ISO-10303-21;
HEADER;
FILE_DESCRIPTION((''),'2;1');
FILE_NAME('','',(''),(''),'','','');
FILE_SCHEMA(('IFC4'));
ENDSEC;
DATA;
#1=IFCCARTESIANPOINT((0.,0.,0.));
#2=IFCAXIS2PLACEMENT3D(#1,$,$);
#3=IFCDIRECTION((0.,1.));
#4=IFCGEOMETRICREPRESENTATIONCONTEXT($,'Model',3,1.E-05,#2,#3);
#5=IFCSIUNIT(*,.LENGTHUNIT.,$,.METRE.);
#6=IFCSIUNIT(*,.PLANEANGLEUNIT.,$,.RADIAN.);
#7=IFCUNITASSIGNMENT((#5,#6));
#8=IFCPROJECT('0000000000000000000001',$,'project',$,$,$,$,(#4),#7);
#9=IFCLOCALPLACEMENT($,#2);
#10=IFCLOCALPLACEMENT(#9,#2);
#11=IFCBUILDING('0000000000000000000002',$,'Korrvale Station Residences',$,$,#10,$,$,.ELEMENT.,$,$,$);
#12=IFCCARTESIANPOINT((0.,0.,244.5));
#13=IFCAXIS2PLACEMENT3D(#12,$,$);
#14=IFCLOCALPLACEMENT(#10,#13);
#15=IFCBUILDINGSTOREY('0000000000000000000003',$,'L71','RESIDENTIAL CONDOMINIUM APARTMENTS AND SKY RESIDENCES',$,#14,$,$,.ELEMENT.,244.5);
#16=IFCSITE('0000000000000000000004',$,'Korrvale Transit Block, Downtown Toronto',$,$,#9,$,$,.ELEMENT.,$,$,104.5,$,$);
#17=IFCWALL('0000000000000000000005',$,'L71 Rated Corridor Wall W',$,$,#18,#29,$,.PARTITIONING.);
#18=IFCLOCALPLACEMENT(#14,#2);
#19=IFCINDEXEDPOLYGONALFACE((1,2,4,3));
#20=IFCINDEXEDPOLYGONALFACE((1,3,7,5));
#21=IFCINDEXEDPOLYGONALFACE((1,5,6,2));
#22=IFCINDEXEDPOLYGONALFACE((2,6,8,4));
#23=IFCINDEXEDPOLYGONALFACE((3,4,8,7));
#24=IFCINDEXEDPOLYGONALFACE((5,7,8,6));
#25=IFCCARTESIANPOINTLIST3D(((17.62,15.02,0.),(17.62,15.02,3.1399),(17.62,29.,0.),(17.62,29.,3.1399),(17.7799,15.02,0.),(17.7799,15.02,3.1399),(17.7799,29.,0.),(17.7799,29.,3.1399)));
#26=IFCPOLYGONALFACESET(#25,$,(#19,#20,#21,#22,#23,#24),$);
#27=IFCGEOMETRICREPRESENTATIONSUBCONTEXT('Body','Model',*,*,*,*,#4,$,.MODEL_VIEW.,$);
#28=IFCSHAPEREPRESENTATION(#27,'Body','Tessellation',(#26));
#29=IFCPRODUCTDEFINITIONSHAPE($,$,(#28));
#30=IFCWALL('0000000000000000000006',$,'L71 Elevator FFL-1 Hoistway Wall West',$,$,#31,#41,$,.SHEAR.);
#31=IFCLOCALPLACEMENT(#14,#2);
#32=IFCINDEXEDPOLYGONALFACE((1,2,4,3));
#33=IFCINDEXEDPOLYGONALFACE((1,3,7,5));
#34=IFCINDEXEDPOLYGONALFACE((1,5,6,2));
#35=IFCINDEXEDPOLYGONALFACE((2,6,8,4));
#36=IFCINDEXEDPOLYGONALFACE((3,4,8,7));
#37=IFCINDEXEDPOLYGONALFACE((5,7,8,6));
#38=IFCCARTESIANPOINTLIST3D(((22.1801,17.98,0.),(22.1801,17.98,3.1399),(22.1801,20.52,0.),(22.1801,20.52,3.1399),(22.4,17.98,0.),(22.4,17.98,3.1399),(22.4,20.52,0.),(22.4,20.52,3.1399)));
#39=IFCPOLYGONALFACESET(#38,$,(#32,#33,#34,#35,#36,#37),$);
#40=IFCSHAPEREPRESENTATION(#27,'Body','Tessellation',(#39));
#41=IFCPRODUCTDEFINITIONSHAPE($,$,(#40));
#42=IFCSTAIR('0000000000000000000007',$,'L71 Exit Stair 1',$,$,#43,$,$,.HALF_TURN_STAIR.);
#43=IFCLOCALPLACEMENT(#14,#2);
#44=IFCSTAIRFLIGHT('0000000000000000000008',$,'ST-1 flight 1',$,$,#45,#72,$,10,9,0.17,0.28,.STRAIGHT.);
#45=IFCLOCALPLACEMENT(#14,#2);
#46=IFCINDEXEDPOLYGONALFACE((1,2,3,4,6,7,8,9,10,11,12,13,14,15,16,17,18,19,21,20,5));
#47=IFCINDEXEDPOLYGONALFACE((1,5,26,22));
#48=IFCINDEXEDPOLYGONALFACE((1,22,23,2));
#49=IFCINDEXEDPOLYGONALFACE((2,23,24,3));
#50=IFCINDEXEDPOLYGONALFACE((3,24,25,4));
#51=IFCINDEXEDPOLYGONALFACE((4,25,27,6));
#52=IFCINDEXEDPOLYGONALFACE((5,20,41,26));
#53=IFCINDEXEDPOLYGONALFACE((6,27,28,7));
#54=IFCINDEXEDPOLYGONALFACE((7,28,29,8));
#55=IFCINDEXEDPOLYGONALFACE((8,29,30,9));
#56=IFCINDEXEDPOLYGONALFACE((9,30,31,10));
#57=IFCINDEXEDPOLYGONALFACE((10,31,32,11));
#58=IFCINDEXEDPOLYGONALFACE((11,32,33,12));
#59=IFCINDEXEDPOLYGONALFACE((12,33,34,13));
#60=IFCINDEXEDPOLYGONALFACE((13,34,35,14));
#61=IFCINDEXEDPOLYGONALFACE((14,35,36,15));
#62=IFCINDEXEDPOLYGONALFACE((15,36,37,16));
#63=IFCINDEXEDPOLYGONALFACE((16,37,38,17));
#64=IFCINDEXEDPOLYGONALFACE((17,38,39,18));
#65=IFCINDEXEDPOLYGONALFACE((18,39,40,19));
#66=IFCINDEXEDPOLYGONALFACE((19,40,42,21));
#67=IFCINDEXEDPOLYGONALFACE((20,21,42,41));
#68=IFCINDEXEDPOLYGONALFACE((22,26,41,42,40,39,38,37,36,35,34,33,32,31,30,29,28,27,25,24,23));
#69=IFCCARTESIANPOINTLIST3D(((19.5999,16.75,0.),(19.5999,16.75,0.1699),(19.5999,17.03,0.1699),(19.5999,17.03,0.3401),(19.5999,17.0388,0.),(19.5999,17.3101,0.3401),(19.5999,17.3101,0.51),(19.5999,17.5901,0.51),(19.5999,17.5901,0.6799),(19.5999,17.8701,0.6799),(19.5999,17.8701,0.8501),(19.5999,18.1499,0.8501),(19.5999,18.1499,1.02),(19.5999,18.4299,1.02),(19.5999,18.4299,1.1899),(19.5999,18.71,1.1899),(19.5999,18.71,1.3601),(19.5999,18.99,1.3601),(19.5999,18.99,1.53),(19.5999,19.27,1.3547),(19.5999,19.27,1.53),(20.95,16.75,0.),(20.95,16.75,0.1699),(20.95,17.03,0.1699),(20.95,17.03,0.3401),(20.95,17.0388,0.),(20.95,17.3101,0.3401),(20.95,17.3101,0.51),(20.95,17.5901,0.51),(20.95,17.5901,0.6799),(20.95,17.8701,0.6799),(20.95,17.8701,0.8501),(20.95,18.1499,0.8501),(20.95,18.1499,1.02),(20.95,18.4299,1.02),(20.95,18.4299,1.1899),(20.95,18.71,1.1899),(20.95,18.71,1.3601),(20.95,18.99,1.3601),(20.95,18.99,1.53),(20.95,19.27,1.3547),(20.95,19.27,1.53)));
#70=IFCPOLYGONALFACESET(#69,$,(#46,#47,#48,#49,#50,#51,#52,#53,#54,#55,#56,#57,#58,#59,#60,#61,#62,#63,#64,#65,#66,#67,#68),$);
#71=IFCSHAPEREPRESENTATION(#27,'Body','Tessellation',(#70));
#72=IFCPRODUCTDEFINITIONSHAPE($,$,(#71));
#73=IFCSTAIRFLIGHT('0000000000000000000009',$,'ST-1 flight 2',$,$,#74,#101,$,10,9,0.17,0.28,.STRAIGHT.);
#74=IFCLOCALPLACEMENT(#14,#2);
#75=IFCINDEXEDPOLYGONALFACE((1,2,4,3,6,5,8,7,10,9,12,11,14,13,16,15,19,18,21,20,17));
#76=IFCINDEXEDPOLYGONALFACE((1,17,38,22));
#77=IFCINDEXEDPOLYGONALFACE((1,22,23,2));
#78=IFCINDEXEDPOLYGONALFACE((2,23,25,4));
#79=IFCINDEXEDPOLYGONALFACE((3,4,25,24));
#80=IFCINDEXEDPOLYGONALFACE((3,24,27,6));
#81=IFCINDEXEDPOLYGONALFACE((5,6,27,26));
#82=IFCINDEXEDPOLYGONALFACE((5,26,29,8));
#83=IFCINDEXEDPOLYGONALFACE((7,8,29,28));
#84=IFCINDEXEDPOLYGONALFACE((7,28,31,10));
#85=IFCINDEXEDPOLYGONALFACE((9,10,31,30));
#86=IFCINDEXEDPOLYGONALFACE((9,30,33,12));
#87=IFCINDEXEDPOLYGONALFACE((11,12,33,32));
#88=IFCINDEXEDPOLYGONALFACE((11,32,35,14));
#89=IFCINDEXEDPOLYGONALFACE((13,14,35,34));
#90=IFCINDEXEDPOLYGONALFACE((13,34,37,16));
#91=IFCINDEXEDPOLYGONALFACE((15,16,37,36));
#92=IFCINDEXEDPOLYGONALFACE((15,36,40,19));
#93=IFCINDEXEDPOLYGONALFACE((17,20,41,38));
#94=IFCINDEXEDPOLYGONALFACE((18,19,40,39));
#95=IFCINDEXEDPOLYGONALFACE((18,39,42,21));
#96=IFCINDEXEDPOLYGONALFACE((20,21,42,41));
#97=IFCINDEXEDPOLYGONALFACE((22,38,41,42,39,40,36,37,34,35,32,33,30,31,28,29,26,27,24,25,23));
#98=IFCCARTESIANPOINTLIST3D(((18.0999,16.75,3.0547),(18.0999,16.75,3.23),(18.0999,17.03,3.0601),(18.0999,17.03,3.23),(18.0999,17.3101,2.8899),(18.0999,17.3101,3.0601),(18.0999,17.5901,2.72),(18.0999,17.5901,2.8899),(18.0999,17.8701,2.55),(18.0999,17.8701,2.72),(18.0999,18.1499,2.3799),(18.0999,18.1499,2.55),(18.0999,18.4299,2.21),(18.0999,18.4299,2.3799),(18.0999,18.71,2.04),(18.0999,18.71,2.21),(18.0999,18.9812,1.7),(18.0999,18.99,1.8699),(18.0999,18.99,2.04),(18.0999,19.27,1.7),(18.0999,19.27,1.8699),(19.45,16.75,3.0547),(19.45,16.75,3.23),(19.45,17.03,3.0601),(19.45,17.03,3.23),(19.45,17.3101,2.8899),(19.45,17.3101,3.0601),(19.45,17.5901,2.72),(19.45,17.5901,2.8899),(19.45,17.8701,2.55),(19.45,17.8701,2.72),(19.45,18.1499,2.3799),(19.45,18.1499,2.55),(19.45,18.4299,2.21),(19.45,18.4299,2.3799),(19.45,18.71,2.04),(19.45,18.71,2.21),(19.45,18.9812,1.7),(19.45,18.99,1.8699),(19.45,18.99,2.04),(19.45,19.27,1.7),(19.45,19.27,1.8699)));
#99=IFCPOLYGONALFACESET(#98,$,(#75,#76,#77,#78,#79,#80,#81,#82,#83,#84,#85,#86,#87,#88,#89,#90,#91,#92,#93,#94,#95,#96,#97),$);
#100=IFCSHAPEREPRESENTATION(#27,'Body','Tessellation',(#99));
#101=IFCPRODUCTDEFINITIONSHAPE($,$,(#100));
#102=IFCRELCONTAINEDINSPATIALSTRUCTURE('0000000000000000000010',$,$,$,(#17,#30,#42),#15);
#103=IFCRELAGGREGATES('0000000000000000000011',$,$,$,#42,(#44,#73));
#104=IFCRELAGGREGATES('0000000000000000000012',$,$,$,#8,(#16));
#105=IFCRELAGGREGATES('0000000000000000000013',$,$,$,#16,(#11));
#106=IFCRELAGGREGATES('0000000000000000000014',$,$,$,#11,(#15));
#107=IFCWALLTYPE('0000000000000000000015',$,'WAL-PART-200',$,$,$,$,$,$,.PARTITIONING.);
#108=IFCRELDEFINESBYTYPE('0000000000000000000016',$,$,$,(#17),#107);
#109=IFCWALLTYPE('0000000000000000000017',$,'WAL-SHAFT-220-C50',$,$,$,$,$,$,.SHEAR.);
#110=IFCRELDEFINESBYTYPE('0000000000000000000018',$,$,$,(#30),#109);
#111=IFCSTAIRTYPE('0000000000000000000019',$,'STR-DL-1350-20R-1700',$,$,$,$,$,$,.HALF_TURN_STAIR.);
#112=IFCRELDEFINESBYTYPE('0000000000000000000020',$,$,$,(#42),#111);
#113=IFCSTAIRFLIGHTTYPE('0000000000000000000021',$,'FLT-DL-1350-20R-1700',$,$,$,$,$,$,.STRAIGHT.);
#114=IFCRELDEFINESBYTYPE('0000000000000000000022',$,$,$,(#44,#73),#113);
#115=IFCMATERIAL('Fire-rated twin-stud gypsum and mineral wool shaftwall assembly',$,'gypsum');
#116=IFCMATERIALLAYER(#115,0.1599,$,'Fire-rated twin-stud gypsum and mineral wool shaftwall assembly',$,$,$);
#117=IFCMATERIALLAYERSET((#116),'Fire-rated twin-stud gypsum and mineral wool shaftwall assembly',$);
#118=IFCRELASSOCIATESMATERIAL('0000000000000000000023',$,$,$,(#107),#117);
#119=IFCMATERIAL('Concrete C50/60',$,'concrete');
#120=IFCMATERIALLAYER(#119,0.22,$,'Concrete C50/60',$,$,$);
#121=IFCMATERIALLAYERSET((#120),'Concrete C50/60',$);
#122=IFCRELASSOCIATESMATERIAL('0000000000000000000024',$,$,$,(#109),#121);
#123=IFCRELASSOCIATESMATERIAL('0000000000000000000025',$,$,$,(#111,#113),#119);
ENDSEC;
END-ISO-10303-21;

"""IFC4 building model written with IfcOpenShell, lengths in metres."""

from ifc_helpers import new_model, si_unit, direction, frame, frame_2d, origin, place, context, subcontext, project, spatial, polyline, rectangle, outline, extrude, material, layer, layer_set, type_object, element, aggregate, save


model = new_model("IFC4")

# Units and contexts
model_context = context("Model", 3, precision=1e-05, world=origin(), true_north=direction((0.0, 1.0)))
body_context = subcontext(model_context, "Body", "Model", "MODEL_VIEW")
ifc_project = project(units=[si_unit("LENGTHUNIT", "METRE"), si_unit("PLANEANGLEUNIT", "RADIAN")], contexts=[model_context])

# Site, building, storey
site_placement = place(None, origin())
site = spatial("IfcSite", under=ifc_project, at=site_placement, Name="Korrvale Transit Block, Downtown Toronto", CompositionType="ELEMENT", RefElevation=104.5)
building_placement = place(site_placement, origin())
building = spatial("IfcBuilding", under=site, at=building_placement, Name="Korrvale Station Residences", CompositionType="ELEMENT")
storey_placement = place(building_placement, frame((0.0, 0.0, 244.5)))
storey = spatial("IfcBuildingStorey", under=building, at=storey_placement, Name="L71", Description="RESIDENTIAL CONDOMINIUM APARTMENTS AND SKY RESIDENCES", CompositionType="ELEMENT", Elevation=244.5)

# Shared definitions
ifc_material_1 = material(Name="Concrete C50/60", Category="concrete")

# Shared definitions
ifc_material_2 = material(Name="Fire-rated twin-stud gypsum and mineral wool shaftwall assembly", Category="gypsum")
ifc_layer_1 = layer(ifc_material_2, 0.1599, Name="Fire-rated twin-stud gypsum and mineral wool shaftwall assembly")
ifc_layer_set_1 = layer_set([ifc_layer_1], Name="Fire-rated twin-stud gypsum and mineral wool shaftwall assembly")
wall_type_1 = type_object("IfcWallType", Name="WAL-PART-200", PredefinedType="PARTITIONING", material=ifc_layer_set_1)

# Wall
wall_1_placement = place(storey_placement, frame((17.7, 15.02, 0.0), z_axis=(0.0, 0.0, 1.0), x_axis=(0.0, 1.0, 0.0)))
element("IfcWall", 1, at=wall_1_placement, inside=storey, type_object=wall_type_1, Name="L71 Rated Corridor Wall W", PredefinedType="PARTITIONING", context=body_context, shape_type="SweptSolid", body=[
    extrude(rectangle(XDim=13.98, YDim=0.1599, at=frame_2d((6.99, 0.0))), origin(), (0.0, 0.0, 1.0), 3.1399),
])

# Shared definitions
ifc_layer_2 = layer(ifc_material_1, 0.22, Name="Concrete C50/60")
ifc_layer_set_2 = layer_set([ifc_layer_2], Name="Concrete C50/60")
wall_type_2 = type_object("IfcWallType", Name="WAL-SHAFT-220-C50", PredefinedType="SHEAR", material=ifc_layer_set_2)

# Wall
wall_2_placement = place(storey_placement, frame((22.29, 17.98, 0.0), z_axis=(0.0, 0.0, 1.0), x_axis=(0.0, 1.0, 0.0)))
element("IfcWall", 2, at=wall_2_placement, inside=storey, type_object=wall_type_2, Name="L71 Elevator FFL-1 Hoistway Wall West", PredefinedType="SHEAR", context=body_context, shape_type="SweptSolid", body=[
    extrude(rectangle(XDim=2.54, YDim=0.22, at=frame_2d((1.27, 0.0))), origin(), (0.0, 0.0, 1.0), 3.1399),
])

# Stair, stair flights
stair_type = type_object("IfcStairType", Name="STR-DL-1350-20R-1700", PredefinedType="HALF_TURN_STAIR", material=ifc_material_1)
stair_placement = place(storey_placement, origin())
stair = element("IfcStair", 3, at=stair_placement, inside=storey, type_object=stair_type, Name="L71 Exit Stair 1", PredefinedType="HALF_TURN_STAIR")
stair_flight_type = type_object("IfcStairFlightType", Name="FLT-DL-1350-20R-1700", PredefinedType="STRAIGHT", material=ifc_material_1)
stair_flight_1_placement = place(storey_placement, frame((20.2749, 16.75, 0.0), z_axis=(0.0, 0.0, 1.0), x_axis=(0.0, 1.0, 0.0)))
stair_flight_1 = element("IfcStairFlight", 4, at=stair_flight_1_placement, type_object=stair_flight_type, Name="ST-1 flight 1", NumberOfRisers=10, NumberOfTreads=9, PredefinedType="STRAIGHT", RiserHeight=0.17, TreadLength=0.28, context=body_context, shape_type="SweptSolid", body=[
    extrude(outline(polyline([(0.0, 0.0), (0.0, 0.1699), (0.28, 0.1699), (0.28, 0.3401), (0.5601, 0.3401), (0.5601, 0.51), (0.8401, 0.51), (0.8401, 0.6799), (1.1201, 0.6799), (1.1201, 0.8501), (1.3999, 0.8501), (1.3999, 1.02), (1.6799, 1.02), (1.6799, 1.1899), (1.96, 1.1899), (1.96, 1.3601), (2.24, 1.3601), (2.24, 1.53), (2.52, 1.53), (2.52, 1.7), (2.52, 1.3547), (0.2888, 0.0), (0.0, 0.0)])), frame((0.0, 0.675, 0.0), z_axis=(0.0, -1.0, 0.0), x_axis=(1.0, 0.0, 0.0)), (0.0, 0.0, 1.0), 1.3501),
])
stair_flight_2_placement = place(storey_placement, frame((18.7749, 19.27, 1.7), z_axis=(0.0, 0.0, 1.0), x_axis=(0.0, -1.0, 0.0)))
stair_flight_2 = element("IfcStairFlight", 5, at=stair_flight_2_placement, type_object=stair_flight_type, Name="ST-1 flight 2", NumberOfRisers=10, NumberOfTreads=9, PredefinedType="STRAIGHT", RiserHeight=0.17, TreadLength=0.28, context=body_context, shape_type="SweptSolid", body=[
    extrude(outline(polyline([(0.0, 0.0), (0.0, 0.1699), (0.28, 0.1699), (0.28, 0.3401), (0.5601, 0.3401), (0.5601, 0.51), (0.8401, 0.51), (0.8401, 0.6799), (1.1201, 0.6799), (1.1201, 0.8501), (1.3999, 0.8501), (1.3999, 1.02), (1.6799, 1.02), (1.6799, 1.1899), (1.96, 1.1899), (1.96, 1.3601), (2.24, 1.3601), (2.24, 1.53), (2.52, 1.53), (2.52, 1.7), (2.52, 1.3547), (0.2888, 0.0), (0.0, 0.0)])), frame((0.0, 0.675, 0.0), z_axis=(0.0, -1.0, 0.0), x_axis=(1.0, 0.0, 0.0)), (0.0, 0.0, 1.0), 1.3501),
])
aggregate(stair, [stair_flight_1, stair_flight_2])

save(model, "model.ifc")
